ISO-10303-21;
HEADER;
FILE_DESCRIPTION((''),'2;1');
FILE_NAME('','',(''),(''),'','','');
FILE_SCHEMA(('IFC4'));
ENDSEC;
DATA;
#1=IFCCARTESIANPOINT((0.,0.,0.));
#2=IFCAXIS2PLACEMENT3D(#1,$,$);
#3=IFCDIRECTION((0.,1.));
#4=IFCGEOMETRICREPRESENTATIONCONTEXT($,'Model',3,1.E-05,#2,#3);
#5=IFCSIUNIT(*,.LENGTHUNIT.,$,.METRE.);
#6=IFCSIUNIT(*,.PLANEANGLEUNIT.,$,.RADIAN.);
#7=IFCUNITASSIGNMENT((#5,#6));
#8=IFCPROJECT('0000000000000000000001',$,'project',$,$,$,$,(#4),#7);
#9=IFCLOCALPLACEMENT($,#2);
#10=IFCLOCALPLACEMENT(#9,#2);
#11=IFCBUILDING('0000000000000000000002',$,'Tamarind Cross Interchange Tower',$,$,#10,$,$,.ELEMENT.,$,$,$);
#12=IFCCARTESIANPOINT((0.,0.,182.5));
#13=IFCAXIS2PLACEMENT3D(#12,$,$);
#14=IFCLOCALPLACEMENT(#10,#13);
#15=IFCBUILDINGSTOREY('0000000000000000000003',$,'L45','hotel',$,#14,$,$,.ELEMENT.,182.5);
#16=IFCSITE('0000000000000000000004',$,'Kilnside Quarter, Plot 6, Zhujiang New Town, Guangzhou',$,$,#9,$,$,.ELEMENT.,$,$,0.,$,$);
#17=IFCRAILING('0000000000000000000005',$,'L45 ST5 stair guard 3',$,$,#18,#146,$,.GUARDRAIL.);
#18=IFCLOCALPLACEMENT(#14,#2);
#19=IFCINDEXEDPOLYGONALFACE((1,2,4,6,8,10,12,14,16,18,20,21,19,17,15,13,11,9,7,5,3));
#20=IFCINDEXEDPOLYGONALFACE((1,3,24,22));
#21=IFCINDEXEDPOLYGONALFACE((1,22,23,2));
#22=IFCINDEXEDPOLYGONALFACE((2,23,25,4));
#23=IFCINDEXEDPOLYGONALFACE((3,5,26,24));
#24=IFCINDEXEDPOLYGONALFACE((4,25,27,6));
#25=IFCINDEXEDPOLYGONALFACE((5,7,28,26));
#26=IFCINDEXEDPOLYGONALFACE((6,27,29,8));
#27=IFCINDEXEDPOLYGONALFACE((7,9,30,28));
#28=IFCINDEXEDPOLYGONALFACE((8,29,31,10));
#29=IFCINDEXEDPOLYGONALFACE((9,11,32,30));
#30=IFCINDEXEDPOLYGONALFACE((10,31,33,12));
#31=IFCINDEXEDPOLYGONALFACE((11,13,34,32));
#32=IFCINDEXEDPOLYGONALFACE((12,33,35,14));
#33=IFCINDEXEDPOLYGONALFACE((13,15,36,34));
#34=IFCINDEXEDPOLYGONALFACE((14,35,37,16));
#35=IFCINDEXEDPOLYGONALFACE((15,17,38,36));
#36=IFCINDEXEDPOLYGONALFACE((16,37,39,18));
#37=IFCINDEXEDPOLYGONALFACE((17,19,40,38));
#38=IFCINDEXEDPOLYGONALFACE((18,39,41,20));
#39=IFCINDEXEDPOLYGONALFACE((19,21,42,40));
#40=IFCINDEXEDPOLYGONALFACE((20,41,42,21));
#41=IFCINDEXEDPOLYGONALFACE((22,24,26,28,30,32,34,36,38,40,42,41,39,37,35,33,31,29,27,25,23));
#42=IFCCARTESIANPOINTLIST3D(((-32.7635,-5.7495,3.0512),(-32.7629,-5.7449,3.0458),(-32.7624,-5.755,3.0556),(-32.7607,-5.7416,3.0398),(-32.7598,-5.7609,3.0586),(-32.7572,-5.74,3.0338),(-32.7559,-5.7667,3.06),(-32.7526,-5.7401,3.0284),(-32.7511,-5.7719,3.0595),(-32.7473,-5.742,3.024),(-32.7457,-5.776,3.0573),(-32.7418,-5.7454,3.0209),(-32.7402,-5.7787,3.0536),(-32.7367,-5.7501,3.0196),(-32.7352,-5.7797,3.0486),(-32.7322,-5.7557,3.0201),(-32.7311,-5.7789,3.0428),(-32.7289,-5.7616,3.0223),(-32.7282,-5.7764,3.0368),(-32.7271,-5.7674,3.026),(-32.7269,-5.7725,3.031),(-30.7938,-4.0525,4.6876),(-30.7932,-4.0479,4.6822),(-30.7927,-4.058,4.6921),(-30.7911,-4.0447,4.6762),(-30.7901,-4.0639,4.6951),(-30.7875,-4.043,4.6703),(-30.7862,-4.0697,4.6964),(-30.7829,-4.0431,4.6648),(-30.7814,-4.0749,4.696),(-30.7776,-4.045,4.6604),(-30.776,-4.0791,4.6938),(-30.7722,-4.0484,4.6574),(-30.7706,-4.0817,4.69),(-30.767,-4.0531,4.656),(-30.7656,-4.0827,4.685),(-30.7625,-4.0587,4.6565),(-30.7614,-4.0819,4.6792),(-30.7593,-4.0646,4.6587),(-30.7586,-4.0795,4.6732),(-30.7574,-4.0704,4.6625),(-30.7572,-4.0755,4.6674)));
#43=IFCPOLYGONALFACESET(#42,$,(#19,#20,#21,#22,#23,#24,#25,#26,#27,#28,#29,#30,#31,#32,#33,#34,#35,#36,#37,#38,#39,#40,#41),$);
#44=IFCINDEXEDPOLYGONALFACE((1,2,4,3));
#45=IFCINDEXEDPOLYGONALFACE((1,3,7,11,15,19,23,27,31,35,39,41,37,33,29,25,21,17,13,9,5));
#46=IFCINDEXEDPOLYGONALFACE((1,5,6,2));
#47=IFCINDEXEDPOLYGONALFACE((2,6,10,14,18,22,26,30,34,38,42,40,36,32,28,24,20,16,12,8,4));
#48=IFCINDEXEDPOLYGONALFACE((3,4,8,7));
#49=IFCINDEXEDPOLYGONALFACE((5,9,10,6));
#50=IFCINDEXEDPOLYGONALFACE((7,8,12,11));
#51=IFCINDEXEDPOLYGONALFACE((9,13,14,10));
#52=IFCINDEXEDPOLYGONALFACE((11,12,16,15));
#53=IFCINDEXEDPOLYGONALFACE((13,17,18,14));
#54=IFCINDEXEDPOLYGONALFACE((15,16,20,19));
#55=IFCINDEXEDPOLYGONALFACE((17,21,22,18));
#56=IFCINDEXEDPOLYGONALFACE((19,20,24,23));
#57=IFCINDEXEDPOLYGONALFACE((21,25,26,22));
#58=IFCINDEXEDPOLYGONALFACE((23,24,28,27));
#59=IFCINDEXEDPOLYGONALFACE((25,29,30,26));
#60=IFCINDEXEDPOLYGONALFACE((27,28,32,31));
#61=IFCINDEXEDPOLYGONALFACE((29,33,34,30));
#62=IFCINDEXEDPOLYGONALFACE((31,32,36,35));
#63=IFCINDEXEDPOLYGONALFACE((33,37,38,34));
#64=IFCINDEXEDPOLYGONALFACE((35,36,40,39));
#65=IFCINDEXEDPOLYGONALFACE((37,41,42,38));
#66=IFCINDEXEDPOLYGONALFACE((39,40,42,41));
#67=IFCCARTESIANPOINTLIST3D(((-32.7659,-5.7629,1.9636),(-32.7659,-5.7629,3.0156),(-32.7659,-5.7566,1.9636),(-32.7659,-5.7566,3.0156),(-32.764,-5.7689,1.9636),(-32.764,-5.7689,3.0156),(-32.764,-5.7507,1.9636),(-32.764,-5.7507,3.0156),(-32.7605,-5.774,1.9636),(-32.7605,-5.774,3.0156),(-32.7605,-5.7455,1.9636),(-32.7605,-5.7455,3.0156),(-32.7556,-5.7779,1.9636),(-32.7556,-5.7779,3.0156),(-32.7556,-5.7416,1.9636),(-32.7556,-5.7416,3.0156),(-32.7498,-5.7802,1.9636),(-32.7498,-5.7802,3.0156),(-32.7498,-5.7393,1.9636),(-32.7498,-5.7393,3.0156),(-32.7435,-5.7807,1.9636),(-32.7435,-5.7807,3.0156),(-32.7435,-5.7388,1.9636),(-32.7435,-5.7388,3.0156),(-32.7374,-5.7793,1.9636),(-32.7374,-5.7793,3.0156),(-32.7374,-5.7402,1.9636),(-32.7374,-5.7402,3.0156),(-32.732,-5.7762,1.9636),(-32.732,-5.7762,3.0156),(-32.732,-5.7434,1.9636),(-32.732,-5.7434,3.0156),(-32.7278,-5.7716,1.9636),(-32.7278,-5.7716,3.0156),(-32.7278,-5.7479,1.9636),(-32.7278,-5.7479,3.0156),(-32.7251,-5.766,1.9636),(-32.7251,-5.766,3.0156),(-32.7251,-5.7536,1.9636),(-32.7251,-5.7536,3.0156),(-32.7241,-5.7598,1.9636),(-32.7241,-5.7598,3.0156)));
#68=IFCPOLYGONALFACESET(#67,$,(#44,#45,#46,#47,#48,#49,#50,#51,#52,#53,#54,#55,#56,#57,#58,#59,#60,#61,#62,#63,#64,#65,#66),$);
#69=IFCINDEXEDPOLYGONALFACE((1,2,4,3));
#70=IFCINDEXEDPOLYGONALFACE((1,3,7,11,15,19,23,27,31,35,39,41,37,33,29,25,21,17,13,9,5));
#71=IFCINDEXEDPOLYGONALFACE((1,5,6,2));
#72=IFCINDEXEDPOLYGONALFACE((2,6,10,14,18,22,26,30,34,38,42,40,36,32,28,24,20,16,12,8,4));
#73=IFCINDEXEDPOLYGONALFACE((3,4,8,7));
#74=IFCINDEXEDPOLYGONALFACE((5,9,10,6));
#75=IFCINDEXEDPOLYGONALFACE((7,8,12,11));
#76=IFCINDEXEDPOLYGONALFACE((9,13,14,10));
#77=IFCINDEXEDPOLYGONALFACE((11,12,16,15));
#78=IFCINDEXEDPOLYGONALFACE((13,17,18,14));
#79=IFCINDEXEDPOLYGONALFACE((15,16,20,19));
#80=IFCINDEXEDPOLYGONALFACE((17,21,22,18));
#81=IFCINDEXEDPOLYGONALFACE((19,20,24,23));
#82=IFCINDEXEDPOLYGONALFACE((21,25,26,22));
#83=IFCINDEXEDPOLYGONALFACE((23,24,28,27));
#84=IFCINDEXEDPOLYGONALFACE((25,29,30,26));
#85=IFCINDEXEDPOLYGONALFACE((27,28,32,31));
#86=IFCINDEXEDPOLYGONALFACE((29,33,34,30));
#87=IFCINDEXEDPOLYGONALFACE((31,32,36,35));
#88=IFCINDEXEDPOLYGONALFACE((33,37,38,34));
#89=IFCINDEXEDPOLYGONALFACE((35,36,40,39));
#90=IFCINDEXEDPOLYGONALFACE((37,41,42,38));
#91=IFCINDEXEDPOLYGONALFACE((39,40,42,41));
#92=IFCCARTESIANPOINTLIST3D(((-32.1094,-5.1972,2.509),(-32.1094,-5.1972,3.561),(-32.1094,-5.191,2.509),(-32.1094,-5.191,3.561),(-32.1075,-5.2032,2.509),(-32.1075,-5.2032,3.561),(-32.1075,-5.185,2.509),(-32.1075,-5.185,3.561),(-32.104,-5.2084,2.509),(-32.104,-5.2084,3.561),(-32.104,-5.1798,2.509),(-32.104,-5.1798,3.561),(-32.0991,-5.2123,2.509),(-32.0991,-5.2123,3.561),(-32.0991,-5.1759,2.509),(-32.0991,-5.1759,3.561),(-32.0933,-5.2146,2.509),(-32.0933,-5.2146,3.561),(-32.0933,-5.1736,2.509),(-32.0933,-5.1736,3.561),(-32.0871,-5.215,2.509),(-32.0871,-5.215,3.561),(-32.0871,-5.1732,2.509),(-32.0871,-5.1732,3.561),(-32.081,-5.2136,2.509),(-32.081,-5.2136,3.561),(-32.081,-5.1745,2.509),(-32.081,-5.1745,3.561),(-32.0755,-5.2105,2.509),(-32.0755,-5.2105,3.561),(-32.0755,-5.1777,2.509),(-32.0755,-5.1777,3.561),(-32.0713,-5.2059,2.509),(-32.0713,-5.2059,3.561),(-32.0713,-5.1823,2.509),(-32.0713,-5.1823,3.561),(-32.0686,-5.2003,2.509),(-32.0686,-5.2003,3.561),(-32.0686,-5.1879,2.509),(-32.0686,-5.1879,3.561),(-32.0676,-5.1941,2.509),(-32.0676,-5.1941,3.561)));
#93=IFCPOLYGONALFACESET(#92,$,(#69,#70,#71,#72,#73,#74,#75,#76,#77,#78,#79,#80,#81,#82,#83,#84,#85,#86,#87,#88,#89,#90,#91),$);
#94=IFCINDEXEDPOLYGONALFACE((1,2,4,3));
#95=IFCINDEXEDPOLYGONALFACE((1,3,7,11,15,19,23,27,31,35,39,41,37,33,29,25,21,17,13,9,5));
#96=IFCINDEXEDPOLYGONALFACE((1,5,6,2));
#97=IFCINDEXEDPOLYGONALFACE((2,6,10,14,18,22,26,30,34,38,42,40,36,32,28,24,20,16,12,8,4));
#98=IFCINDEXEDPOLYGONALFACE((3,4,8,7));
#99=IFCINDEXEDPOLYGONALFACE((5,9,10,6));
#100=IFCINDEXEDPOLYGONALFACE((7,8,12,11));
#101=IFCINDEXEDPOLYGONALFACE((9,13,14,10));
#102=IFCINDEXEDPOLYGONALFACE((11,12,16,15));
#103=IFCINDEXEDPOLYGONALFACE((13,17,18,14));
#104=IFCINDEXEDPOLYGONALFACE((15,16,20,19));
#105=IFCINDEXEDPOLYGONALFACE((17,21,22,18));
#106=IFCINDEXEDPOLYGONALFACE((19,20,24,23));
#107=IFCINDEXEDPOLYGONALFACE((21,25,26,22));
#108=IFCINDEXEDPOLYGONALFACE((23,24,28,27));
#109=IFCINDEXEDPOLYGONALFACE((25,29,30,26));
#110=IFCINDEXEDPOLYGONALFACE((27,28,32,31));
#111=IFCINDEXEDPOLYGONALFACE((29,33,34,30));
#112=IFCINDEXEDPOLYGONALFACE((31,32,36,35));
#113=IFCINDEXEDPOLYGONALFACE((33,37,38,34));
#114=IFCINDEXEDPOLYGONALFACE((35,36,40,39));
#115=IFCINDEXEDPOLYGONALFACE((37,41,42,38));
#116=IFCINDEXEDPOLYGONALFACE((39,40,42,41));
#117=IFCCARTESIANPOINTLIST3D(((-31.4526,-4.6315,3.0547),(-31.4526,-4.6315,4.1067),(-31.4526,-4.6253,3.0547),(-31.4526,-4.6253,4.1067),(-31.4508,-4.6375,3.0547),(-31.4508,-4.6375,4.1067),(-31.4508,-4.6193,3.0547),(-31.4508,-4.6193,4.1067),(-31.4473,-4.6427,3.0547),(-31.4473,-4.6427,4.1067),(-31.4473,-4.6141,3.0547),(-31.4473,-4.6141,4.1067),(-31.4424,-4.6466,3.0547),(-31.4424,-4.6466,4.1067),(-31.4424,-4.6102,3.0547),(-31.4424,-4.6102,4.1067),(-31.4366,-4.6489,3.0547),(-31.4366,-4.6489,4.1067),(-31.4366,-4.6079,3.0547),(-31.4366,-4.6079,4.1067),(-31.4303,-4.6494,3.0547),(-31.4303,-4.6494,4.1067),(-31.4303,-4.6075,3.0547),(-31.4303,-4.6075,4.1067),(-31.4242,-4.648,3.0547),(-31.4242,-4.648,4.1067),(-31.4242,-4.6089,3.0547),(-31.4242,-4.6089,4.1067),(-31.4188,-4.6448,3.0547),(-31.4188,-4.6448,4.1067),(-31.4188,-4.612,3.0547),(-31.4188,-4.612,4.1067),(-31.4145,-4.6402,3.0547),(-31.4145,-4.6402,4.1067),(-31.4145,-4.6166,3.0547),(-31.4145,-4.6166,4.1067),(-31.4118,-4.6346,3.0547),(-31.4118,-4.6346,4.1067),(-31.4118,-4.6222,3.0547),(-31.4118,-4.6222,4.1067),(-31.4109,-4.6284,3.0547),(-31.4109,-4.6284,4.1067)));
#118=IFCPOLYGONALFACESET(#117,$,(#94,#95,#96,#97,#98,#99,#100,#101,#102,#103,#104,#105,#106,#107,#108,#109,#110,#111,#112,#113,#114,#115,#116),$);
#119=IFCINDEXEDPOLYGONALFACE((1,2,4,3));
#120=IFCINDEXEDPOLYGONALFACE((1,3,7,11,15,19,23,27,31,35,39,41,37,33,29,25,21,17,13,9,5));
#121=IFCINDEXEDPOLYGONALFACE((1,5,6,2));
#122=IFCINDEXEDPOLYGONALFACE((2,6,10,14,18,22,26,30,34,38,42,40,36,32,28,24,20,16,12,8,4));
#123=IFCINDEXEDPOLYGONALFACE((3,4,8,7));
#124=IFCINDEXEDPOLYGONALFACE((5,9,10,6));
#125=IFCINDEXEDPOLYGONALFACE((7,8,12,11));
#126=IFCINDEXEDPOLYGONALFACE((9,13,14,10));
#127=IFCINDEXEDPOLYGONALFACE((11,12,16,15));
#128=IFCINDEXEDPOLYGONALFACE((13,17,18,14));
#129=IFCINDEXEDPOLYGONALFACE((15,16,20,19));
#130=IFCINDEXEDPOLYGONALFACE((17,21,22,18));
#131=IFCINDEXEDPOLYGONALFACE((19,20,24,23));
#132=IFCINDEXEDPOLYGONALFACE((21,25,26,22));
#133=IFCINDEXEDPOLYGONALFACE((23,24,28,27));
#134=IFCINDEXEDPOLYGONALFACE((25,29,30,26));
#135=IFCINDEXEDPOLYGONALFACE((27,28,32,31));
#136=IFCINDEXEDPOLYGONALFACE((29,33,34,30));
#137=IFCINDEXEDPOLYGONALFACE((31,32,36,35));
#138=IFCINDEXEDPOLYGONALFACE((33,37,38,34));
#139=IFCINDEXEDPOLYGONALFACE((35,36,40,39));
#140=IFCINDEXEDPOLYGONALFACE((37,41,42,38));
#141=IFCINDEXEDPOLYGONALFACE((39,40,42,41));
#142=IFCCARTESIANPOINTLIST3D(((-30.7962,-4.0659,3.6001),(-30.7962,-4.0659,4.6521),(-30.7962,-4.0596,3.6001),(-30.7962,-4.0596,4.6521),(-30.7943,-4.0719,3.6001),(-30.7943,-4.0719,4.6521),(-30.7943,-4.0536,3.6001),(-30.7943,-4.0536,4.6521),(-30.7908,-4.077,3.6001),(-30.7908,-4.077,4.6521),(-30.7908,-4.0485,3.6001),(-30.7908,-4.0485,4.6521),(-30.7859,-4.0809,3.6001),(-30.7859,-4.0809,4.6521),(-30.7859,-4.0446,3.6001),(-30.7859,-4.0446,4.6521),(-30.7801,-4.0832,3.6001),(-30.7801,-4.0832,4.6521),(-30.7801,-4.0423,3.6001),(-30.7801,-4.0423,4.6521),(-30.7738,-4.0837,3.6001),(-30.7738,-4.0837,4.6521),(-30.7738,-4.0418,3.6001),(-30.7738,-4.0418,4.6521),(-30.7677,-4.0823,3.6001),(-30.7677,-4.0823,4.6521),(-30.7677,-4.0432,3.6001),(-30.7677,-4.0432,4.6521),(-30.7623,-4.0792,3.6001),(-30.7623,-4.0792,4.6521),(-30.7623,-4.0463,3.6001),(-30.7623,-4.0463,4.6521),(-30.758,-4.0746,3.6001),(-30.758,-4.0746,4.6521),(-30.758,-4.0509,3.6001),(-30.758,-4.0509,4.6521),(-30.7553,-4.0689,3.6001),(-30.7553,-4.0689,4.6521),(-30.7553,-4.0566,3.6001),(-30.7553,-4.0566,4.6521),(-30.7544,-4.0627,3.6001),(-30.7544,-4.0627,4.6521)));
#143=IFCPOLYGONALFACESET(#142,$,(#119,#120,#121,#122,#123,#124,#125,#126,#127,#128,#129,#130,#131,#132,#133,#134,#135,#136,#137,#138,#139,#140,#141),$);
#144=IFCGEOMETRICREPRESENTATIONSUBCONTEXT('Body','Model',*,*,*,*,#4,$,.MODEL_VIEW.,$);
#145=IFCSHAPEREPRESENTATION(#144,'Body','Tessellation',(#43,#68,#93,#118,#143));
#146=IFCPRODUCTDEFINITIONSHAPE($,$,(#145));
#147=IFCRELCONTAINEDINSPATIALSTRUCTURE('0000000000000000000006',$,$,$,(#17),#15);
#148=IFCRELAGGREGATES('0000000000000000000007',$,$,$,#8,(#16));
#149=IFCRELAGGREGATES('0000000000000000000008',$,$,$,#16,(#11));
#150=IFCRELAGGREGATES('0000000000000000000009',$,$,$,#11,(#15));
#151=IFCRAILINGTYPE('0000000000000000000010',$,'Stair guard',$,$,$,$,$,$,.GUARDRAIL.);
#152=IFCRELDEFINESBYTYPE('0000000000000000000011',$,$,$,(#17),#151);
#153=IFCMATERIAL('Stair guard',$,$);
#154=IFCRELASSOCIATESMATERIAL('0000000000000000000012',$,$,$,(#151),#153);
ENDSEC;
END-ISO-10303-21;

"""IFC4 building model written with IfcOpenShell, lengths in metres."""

from ifc_helpers import new_model, si_unit, direction, frame, origin, origin_2d, place, context, subcontext, project, spatial, circle, extrude, material, type_object, element, save


model = new_model("IFC4")

# Units and contexts
model_context = context("Model", 3, precision=1e-05, world=origin(), true_north=direction((0.0, 1.0)))
body_context = subcontext(model_context, "Body", "Model", "MODEL_VIEW")
ifc_project = project(units=[si_unit("LENGTHUNIT", "METRE"), si_unit("PLANEANGLEUNIT", "RADIAN")], contexts=[model_context])

# Site, building, storey
site_placement = place(None, origin())
site = spatial("IfcSite", under=ifc_project, at=site_placement, Name="Kilnside Quarter, Plot 6, Zhujiang New Town, Guangzhou", CompositionType="ELEMENT", RefElevation=0.0)
building_placement = place(site_placement, origin())
building = spatial("IfcBuilding", under=site, at=building_placement, Name="Tamarind Cross Interchange Tower", CompositionType="ELEMENT")
storey_placement = place(building_placement, frame((0.0, 0.0, 182.5)))
storey = spatial("IfcBuildingStorey", under=building, at=storey_placement, Name="L45", Description="hotel", CompositionType="ELEMENT", Elevation=182.5)

# Railing
ifc_material_1 = material(Name="Stair guard")
railing_type = type_object("IfcRailingType", Name="Stair guard", PredefinedType="GUARDRAIL", material=ifc_material_1)
railing_1_placement = place(storey_placement, frame((-32.7451, -5.7598, 1.9636)))
element("IfcRailing", 1, at=railing_1_placement, inside=storey, type_object=railing_type, Name="L45 ST5 stair guard 3", PredefinedType="GUARDRAIL", context=body_context, shape_type="SweptSolid", body=[
    extrude(circle(Radius=0.0239, at=origin_2d()), frame((0.0, 0.0, 1.0762), z_axis=(0.641168, 0.552399, 0.53269), x_axis=(-0.652715, 0.757604, 0.0)), (0.0, 0.0, 1.0), 3.072),
    extrude(circle(Radius=0.021, at=origin_2d()), origin(), (0.0, 0.0, 1.0), 1.052),
    extrude(circle(Radius=0.021, at=origin_2d()), frame((0.6565, 0.5657, 0.5454)), (0.0, 0.0, 1.0), 1.052),
    extrude(circle(Radius=0.021, at=origin_2d()), frame((1.3132, 1.1313, 1.0911)), (0.0, 0.0, 1.0), 1.052),
    extrude(circle(Radius=0.021, at=origin_2d()), frame((1.9697, 1.697, 1.6365)), (0.0, 0.0, 1.0), 1.052),
])

save(model, "model.ifc")
